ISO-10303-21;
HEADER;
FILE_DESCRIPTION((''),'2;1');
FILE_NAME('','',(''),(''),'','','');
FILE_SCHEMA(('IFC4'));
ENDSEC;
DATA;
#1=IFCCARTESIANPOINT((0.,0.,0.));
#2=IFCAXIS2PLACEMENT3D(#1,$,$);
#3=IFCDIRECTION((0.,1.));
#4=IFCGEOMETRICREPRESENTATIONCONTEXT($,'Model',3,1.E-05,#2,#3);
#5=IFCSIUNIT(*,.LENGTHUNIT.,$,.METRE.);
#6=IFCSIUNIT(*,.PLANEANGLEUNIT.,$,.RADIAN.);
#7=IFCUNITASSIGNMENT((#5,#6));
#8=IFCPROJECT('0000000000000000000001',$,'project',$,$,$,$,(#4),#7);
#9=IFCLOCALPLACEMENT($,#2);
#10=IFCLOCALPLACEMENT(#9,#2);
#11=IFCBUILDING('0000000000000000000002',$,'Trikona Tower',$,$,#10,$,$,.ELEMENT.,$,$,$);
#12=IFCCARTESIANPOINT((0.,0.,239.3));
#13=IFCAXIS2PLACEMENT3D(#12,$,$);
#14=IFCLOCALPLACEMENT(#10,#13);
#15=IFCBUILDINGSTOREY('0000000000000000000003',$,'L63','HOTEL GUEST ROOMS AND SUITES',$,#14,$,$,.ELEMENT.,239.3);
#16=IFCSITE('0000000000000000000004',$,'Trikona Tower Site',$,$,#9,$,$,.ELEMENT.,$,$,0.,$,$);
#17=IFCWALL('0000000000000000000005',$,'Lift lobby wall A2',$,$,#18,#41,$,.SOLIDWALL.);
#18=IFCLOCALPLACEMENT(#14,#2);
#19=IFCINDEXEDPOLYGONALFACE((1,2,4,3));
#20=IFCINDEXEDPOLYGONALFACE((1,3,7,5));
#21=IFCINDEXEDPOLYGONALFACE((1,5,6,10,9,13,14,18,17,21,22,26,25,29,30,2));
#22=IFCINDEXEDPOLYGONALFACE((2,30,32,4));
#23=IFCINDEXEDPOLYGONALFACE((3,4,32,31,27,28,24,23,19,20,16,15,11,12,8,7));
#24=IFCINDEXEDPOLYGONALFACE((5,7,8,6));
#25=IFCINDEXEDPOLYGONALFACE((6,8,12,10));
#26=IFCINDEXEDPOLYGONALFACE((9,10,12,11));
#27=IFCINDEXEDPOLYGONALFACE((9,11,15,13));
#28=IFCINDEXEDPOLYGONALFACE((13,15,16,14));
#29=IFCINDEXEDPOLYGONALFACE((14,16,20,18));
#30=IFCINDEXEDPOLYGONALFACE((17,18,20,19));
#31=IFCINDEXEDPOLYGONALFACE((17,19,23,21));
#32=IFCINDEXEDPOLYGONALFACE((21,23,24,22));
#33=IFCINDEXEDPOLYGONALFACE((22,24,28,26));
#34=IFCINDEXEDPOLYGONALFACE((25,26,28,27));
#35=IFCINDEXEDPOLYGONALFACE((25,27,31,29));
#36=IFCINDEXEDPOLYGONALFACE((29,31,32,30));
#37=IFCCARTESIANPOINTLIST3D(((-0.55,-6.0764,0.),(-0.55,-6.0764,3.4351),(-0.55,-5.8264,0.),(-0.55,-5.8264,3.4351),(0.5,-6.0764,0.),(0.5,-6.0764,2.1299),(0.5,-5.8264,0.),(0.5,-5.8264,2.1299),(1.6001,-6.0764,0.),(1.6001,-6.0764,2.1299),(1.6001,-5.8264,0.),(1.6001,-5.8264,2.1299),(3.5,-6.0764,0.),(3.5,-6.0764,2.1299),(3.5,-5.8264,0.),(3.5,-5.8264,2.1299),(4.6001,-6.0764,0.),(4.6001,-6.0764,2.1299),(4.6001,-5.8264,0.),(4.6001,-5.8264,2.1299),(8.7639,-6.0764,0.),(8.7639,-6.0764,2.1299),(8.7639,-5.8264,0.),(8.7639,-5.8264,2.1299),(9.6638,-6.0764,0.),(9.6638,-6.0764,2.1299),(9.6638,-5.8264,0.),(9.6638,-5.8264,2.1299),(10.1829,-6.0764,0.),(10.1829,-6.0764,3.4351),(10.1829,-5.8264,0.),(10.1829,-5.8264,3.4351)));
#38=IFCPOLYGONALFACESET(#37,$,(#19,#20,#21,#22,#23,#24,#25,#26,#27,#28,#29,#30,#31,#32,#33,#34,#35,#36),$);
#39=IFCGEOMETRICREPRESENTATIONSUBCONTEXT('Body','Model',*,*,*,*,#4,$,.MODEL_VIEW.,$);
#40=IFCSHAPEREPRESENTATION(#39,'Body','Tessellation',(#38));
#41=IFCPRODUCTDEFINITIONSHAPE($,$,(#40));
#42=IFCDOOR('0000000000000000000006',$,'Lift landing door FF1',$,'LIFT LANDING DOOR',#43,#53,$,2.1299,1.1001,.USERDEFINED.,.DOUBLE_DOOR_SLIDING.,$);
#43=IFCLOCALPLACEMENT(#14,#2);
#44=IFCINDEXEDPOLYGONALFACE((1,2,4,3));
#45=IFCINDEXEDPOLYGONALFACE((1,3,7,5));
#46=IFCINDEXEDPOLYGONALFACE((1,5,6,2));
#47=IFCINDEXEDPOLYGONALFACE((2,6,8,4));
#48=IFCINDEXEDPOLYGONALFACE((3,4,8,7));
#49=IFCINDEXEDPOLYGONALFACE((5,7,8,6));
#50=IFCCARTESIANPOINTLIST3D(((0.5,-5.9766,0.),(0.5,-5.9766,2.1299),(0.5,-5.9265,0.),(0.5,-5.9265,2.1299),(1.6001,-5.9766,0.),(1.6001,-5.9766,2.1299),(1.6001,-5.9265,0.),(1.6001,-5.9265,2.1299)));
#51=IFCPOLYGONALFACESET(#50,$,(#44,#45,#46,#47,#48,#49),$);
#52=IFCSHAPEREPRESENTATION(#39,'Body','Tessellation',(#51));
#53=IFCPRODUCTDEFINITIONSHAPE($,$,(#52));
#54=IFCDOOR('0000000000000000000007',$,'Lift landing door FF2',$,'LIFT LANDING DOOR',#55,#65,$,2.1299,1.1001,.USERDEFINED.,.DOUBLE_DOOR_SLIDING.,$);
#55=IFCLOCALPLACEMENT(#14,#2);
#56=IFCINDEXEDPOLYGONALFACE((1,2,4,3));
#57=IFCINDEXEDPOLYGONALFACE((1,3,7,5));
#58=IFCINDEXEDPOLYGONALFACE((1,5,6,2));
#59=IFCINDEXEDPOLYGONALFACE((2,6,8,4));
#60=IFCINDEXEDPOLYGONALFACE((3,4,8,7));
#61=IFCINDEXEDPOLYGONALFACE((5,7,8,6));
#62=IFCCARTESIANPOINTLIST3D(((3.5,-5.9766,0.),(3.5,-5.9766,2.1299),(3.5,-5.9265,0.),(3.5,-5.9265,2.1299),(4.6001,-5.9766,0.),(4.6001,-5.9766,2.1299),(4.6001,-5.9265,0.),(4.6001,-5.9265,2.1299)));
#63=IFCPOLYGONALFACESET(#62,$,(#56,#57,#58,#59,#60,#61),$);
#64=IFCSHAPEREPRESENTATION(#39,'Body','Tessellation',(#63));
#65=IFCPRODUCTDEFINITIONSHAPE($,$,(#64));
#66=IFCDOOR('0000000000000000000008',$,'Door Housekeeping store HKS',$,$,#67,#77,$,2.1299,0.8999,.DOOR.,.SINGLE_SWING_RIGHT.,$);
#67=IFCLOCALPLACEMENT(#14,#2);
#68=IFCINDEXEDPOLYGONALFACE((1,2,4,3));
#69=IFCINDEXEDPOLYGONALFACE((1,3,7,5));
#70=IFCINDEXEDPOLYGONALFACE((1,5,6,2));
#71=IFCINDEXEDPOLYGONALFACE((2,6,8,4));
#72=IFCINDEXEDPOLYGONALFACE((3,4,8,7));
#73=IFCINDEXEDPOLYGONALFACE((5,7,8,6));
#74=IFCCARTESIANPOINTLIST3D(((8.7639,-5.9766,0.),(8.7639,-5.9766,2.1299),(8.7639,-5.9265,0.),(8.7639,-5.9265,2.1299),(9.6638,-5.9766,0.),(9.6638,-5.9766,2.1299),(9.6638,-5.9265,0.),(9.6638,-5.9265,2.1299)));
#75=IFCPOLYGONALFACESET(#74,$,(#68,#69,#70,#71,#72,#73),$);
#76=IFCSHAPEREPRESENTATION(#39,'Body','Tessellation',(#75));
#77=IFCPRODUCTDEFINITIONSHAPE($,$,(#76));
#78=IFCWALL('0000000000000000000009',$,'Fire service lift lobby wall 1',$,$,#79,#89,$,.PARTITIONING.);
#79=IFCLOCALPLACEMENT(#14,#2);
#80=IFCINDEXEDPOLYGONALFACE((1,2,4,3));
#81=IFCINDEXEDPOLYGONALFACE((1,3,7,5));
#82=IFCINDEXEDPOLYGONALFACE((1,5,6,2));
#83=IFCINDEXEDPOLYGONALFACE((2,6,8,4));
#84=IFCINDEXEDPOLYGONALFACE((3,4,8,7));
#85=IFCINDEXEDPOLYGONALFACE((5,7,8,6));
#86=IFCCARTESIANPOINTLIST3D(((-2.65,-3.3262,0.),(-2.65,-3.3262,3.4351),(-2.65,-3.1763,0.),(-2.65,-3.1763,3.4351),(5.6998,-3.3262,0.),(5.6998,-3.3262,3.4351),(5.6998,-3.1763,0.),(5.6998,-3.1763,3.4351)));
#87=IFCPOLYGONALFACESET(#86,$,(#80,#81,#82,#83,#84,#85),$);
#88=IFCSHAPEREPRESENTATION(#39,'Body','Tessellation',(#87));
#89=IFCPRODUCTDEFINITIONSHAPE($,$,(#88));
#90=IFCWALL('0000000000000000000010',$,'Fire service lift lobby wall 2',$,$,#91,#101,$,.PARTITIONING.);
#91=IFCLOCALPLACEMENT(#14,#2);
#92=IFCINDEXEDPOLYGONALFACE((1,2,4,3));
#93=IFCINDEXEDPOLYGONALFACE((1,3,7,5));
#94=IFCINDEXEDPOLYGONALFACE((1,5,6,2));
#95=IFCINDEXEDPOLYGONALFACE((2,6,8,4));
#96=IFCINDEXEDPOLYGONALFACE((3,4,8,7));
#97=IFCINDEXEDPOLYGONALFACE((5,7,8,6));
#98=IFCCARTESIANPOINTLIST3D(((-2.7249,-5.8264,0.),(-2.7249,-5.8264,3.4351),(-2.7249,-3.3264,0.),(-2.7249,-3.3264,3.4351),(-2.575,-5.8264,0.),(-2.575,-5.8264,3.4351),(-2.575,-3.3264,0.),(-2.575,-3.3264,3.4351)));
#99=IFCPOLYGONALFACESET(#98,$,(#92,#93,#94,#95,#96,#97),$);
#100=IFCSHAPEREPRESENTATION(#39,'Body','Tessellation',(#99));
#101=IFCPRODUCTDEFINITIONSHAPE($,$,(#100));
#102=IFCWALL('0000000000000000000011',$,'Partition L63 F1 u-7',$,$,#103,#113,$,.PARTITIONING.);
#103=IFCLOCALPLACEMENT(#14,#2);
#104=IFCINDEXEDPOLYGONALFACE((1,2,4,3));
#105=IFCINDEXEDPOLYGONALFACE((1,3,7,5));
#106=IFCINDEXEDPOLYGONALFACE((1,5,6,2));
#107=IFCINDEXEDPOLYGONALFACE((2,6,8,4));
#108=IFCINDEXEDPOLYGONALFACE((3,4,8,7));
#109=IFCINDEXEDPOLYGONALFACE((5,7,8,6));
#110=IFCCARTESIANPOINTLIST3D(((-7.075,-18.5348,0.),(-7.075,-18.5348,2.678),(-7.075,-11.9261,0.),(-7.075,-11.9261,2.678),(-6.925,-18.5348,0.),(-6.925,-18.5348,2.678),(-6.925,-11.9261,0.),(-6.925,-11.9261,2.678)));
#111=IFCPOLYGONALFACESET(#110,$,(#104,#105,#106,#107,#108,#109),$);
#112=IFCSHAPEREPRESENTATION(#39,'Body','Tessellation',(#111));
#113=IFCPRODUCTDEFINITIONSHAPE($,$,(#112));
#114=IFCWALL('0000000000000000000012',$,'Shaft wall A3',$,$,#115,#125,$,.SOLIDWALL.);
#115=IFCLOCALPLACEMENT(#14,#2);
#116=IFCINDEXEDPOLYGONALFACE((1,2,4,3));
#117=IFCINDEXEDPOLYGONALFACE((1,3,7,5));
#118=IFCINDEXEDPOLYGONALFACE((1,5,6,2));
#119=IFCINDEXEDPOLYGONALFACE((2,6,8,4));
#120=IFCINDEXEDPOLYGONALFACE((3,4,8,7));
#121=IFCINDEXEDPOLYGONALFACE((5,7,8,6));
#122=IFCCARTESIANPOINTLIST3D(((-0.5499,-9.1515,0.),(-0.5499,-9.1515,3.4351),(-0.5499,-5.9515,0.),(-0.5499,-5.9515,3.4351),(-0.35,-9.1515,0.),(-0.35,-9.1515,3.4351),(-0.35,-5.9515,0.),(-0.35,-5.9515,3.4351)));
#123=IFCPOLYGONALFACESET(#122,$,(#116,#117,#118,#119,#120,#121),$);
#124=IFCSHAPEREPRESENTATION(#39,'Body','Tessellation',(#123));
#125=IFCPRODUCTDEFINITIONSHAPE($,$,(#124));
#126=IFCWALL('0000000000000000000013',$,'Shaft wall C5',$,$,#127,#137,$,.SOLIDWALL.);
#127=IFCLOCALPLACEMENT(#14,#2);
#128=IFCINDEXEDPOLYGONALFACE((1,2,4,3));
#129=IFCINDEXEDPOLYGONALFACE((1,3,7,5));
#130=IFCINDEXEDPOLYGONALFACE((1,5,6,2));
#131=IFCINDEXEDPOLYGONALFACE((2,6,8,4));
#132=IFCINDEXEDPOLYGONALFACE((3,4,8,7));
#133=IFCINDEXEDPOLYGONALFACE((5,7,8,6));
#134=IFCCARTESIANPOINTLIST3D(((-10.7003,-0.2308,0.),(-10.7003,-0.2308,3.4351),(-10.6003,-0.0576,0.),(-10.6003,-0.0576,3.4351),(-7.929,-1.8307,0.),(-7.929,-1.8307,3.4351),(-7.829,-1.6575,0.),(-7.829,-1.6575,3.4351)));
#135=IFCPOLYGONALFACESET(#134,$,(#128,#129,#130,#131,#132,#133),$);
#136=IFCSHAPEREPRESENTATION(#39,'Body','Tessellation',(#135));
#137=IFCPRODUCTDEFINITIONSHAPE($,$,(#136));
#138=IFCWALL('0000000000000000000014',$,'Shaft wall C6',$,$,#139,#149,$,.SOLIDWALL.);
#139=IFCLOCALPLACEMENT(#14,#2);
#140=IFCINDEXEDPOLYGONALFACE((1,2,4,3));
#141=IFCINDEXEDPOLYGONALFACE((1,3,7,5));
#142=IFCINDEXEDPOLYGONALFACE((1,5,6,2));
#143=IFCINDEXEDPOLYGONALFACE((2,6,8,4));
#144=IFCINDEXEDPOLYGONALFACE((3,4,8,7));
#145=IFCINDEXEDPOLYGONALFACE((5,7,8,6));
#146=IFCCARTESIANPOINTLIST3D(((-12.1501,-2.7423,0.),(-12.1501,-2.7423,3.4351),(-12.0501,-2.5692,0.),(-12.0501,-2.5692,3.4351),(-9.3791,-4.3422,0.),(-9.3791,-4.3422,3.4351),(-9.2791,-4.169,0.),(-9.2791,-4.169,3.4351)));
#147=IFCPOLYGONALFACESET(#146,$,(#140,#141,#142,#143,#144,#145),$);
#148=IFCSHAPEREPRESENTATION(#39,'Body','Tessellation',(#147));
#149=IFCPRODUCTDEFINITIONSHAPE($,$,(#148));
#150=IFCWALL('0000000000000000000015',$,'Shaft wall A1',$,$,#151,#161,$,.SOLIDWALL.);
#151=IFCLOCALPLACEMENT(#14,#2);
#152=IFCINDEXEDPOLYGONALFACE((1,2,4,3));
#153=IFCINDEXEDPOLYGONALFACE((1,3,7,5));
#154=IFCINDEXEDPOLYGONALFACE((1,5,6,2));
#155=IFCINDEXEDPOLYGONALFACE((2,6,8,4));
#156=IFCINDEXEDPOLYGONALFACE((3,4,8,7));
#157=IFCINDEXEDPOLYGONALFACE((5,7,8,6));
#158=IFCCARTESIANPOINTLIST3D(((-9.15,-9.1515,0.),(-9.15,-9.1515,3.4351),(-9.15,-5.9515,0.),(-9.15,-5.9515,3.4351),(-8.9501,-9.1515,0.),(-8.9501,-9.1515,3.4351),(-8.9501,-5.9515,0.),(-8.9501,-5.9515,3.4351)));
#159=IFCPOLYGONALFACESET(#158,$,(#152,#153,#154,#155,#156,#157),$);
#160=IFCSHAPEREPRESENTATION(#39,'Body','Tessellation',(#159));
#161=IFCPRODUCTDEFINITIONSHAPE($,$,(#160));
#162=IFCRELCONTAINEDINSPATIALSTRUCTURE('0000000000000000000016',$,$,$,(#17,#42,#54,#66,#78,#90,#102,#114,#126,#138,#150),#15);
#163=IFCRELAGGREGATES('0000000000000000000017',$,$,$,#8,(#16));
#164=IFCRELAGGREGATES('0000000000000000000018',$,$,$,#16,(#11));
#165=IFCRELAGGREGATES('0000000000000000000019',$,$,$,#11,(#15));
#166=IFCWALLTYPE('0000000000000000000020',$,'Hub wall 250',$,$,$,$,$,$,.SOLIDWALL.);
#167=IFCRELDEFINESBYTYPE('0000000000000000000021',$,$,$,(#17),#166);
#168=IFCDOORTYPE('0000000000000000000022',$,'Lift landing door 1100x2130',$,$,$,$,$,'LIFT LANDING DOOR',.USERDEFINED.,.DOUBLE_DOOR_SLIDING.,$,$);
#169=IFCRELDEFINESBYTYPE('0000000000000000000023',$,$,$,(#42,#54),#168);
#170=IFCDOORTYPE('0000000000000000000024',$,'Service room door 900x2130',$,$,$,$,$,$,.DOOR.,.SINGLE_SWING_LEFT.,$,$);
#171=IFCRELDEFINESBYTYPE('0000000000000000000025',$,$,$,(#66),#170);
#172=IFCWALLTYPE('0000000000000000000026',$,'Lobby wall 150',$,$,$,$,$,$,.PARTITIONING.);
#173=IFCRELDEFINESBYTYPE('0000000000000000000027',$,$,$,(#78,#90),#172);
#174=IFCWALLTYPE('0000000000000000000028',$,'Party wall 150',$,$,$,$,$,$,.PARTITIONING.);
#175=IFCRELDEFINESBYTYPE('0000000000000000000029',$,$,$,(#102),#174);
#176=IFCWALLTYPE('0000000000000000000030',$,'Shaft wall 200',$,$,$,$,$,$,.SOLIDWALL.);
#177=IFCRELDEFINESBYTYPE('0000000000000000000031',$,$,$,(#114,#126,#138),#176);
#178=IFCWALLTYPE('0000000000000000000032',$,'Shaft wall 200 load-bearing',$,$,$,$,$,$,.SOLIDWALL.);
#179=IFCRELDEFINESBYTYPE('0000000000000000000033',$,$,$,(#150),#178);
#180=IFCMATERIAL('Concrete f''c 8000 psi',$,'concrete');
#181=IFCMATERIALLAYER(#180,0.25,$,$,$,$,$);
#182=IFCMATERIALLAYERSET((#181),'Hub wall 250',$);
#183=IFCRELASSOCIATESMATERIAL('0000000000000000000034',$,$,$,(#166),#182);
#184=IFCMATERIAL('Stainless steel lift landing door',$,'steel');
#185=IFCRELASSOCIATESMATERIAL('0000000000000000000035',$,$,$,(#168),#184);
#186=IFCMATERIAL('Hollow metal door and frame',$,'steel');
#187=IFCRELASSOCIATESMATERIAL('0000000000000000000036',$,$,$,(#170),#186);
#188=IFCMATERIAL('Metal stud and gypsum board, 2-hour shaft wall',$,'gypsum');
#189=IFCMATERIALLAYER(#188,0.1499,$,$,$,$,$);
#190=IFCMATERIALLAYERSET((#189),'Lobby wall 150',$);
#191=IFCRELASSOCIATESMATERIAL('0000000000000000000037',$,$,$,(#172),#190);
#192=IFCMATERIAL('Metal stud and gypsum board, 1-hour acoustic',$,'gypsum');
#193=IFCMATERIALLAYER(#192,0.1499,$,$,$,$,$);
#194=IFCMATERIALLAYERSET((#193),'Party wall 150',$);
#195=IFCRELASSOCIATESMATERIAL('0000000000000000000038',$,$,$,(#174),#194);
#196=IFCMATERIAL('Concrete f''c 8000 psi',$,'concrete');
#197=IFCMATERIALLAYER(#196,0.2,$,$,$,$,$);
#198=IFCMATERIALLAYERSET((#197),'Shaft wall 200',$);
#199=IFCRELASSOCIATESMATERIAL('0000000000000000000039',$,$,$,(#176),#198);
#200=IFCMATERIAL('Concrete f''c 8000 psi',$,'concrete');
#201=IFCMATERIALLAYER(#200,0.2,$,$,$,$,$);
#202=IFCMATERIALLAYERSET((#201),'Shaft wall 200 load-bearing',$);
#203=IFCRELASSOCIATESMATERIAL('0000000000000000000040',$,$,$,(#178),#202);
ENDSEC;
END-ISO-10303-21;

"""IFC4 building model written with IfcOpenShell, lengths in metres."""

from ifc_helpers import new_model, si_unit, direction, frame, frame_2d, origin, place, context, subcontext, project, spatial, rectangle, extrude, material, layer, layer_set, type_object, element, fill, save


model = new_model("IFC4")

# Units and contexts
model_context = context("Model", 3, precision=1e-05, world=origin(), true_north=direction((0.0, 1.0)))
body_context = subcontext(model_context, "Body", "Model", "MODEL_VIEW")
ifc_project = project(units=[si_unit("LENGTHUNIT", "METRE"), si_unit("PLANEANGLEUNIT", "RADIAN")], contexts=[model_context])

# Site, building, storey
site_placement = place(None, origin())
site = spatial("IfcSite", under=ifc_project, at=site_placement, Name="Trikona Tower Site", CompositionType="ELEMENT", RefElevation=0.0)
building_placement = place(site_placement, origin())
building = spatial("IfcBuilding", under=site, at=building_placement, Name="Trikona Tower", CompositionType="ELEMENT")
storey_placement = place(building_placement, frame((0.0, 0.0, 239.3)))
storey = spatial("IfcBuildingStorey", under=building, at=storey_placement, Name="L63", Description="HOTEL GUEST ROOMS AND SUITES", CompositionType="ELEMENT", Elevation=239.3)

# Shared definitions
ifc_material_1 = material(Name="Concrete f'c 8000 psi", Category="concrete")
ifc_layer_1 = layer(ifc_material_1, 0.25)
ifc_layer_set_1 = layer_set([ifc_layer_1], Name="Hub wall 250")
wall_type_1 = type_object("IfcWallType", Name="Hub wall 250", PredefinedType="SOLIDWALL", material=ifc_layer_set_1)

# Wall, openings, doors
wall_1_placement = place(storey_placement, frame((-0.55, -5.9514, 0.0), z_axis=(0.0, 0.0, 1.0), x_axis=(1.0, 0.0, 0.0)))
wall_1 = element("IfcWall", 1, at=wall_1_placement, inside=storey, type_object=wall_type_1, Name="Lift lobby wall A2", PredefinedType="SOLIDWALL", context=body_context, shape_type="SweptSolid", body=[
    extrude(rectangle(XDim=10.7329, YDim=0.25, at=frame_2d((5.3665, 0.0))), origin(), (0.0, 0.0, 1.0), 3.4351),
])
opening_1_placement = place(wall_1_placement, frame((9.314, 0.0, 0.0)))
opening_1 = element("IfcOpeningElement", 2, at=opening_1_placement, cuts=wall_1, PredefinedType="OPENING", context=body_context, shape_type="SweptSolid", body=[
    extrude(rectangle(XDim=0.8999, YDim=2.1299, at=frame_2d((0.45, 1.0649))), frame((0.0, 0.135, 0.0), z_axis=(0.0, -1.0, 0.0), x_axis=(1.0, 0.0, 0.0)), (0.0, 0.0, 1.0), 0.27),
])
opening_2_placement = place(wall_1_placement, frame((1.05, 0.0, 0.0)))
opening_2 = element("IfcOpeningElement", 3, at=opening_2_placement, cuts=wall_1, PredefinedType="OPENING", context=body_context, shape_type="SweptSolid", body=[
    extrude(rectangle(XDim=1.1001, YDim=2.1299, at=frame_2d((0.55, 1.0649))), frame((0.0, 0.135, 0.0), z_axis=(0.0, -1.0, 0.0), x_axis=(1.0, 0.0, 0.0)), (0.0, 0.0, 1.0), 0.27),
])
opening_3_placement = place(wall_1_placement, frame((4.05, 0.0, 0.0)))
opening_3 = element("IfcOpeningElement", 4, at=opening_3_placement, cuts=wall_1, PredefinedType="OPENING", context=body_context, shape_type="SweptSolid", body=[
    extrude(rectangle(XDim=1.1001, YDim=2.1299, at=frame_2d((0.55, 1.0649))), frame((0.0, 0.135, 0.0), z_axis=(0.0, -1.0, 0.0), x_axis=(1.0, 0.0, 0.0)), (0.0, 0.0, 1.0), 0.27),
])
ifc_material_2 = material(Name="Stainless steel lift landing door", Category="steel")
door_type_1 = type_object("IfcDoorType", Name="Lift landing door 1100x2130", ElementType="LIFT LANDING DOOR", OperationType="DOUBLE_DOOR_SLIDING", PredefinedType="USERDEFINED", material=ifc_material_2)
door_1_placement = place(opening_2_placement, origin())
door_1 = element("IfcDoor", 5, at=door_1_placement, inside=storey, type_object=door_type_1, Name="Lift landing door FF1", ObjectType="LIFT LANDING DOOR", OperationType="DOUBLE_DOOR_SLIDING", OverallHeight=2.1299, OverallWidth=1.1001, PredefinedType="USERDEFINED", context=body_context, shape_type="SweptSolid", body=[
    extrude(rectangle(XDim=1.1001, YDim=2.1299, at=frame_2d((0.55, 1.0649))), frame((0.0, 0.0249, 0.0), z_axis=(0.0, -1.0, 0.0), x_axis=(1.0, 0.0, 0.0)), (0.0, 0.0, 1.0), 0.05),
])
fill(opening_2, door_1)
door_2_placement = place(opening_3_placement, origin())
door_2 = element("IfcDoor", 6, at=door_2_placement, inside=storey, type_object=door_type_1, Name="Lift landing door FF2", ObjectType="LIFT LANDING DOOR", OperationType="DOUBLE_DOOR_SLIDING", OverallHeight=2.1299, OverallWidth=1.1001, PredefinedType="USERDEFINED", context=body_context, shape_type="SweptSolid", body=[
    extrude(rectangle(XDim=1.1001, YDim=2.1299, at=frame_2d((0.55, 1.0649))), frame((0.0, 0.0249, 0.0), z_axis=(0.0, -1.0, 0.0), x_axis=(1.0, 0.0, 0.0)), (0.0, 0.0, 1.0), 0.05),
])
fill(opening_3, door_2)
ifc_material_3 = material(Name="Hollow metal door and frame", Category="steel")
door_type_2 = type_object("IfcDoorType", Name="Service room door 900x2130", OperationType="SINGLE_SWING_LEFT", PredefinedType="DOOR", material=ifc_material_3)
door_3_placement = place(opening_1_placement, origin())
door_3 = element("IfcDoor", 7, at=door_3_placement, inside=storey, type_object=door_type_2, Name="Door Housekeeping store HKS", OperationType="SINGLE_SWING_RIGHT", OverallHeight=2.1299, OverallWidth=0.8999, PredefinedType="DOOR", context=body_context, shape_type="SweptSolid", body=[
    extrude(rectangle(XDim=0.8999, YDim=2.1299, at=frame_2d((0.45, 1.0649))), frame((0.0, 0.0249, 0.0), z_axis=(0.0, -1.0, 0.0), x_axis=(1.0, 0.0, 0.0)), (0.0, 0.0, 1.0), 0.05),
])
fill(opening_1, door_3)

# Walls
ifc_material_4 = material(Name="Metal stud and gypsum board, 2-hour shaft wall", Category="gypsum")
ifc_layer_2 = layer(ifc_material_4, 0.1499)
ifc_layer_set_2 = layer_set([ifc_layer_2], Name="Lobby wall 150")
wall_type_2 = type_object("IfcWallType", Name="Lobby wall 150", PredefinedType="PARTITIONING", material=ifc_layer_set_2)
wall_2_placement = place(storey_placement, frame((-2.6499, -3.2512, 0.0), z_axis=(0.0, 0.0, 1.0), x_axis=(1.0, 0.0, 0.0)))
element("IfcWall", 8, at=wall_2_placement, inside=storey, type_object=wall_type_2, Name="Fire service lift lobby wall 1", PredefinedType="PARTITIONING", context=body_context, shape_type="SweptSolid", body=[
    extrude(rectangle(XDim=8.3499, YDim=0.1499, at=frame_2d((4.1748, 0.0))), origin(), (0.0, 0.0, 1.0), 3.4351),
])
wall_3_placement = place(storey_placement, frame((-2.6499, -5.8264, 0.0), z_axis=(0.0, 0.0, 1.0), x_axis=(0.0, 1.0, 0.0)))
element("IfcWall", 9, at=wall_3_placement, inside=storey, type_object=wall_type_2, Name="Fire service lift lobby wall 2", PredefinedType="PARTITIONING", context=body_context, shape_type="SweptSolid", body=[
    extrude(rectangle(XDim=2.5, YDim=0.1499, at=frame_2d((1.25, 0.0))), origin(), (0.0, 0.0, 1.0), 3.4351),
])
ifc_material_5 = material(Name="Metal stud and gypsum board, 1-hour acoustic", Category="gypsum")
ifc_layer_3 = layer(ifc_material_5, 0.1499)
ifc_layer_set_3 = layer_set([ifc_layer_3], Name="Party wall 150")
wall_type_3 = type_object("IfcWallType", Name="Party wall 150", PredefinedType="PARTITIONING", material=ifc_layer_set_3)
wall_4_placement = place(storey_placement, frame((-7.0, -11.9263, 0.0), z_axis=(0.0, 0.0, 1.0), x_axis=(0.0, -1.0, 0.0)))
element("IfcWall", 10, at=wall_4_placement, inside=storey, type_object=wall_type_3, Name="Partition L63 F1 u-7", PredefinedType="PARTITIONING", context=body_context, shape_type="SweptSolid", body=[
    extrude(rectangle(XDim=6.6086, YDim=0.1499, at=frame_2d((3.3042, 0.0))), origin(), (0.0, 0.0, 1.0), 2.678),
])
ifc_material_6 = material(Name="Concrete f'c 8000 psi", Category="concrete")
ifc_layer_4 = layer(ifc_material_6, 0.2)
ifc_layer_set_4 = layer_set([ifc_layer_4], Name="Shaft wall 200")
wall_type_4 = type_object("IfcWallType", Name="Shaft wall 200", PredefinedType="SOLIDWALL", material=ifc_layer_set_4)
for number, where, z_axis, x_axis, name in (
    (11, (-0.45, -5.9514, 0.0), (0.0, 0.0, 1.0), (0.0, -1.0, 0.0), "Shaft wall A3"),
    (12, (-7.8789, -1.7441, 0.0), (0.0, 0.0, 1.0), (-0.866042, 0.499971, 0.0), "Shaft wall C5"),
):
    element("IfcWall", number, at=place(storey_placement, frame(where, z_axis=z_axis, x_axis=x_axis)), inside=storey, type_object=wall_type_4, Name=name, PredefinedType="SOLIDWALL", context=body_context, shape_type="SweptSolid", body=[
        extrude(rectangle(XDim=3.2, YDim=0.2, at=frame_2d((1.6001, 0.0))), origin(), (0.0, 0.0, 1.0), 3.4351),
    ])
wall_5_placement = place(storey_placement, frame((-9.3291, -4.2556, 0.0), z_axis=(0.0, 0.0, 1.0), x_axis=(-0.866023, 0.500004, 0.0)))
element("IfcWall", 13, at=wall_5_placement, inside=storey, type_object=wall_type_4, Name="Shaft wall C6", PredefinedType="SOLIDWALL", context=body_context, shape_type="SweptSolid", body=[
    extrude(rectangle(XDim=3.1997, YDim=0.2, at=frame_2d((1.5999, 0.0))), origin(), (0.0, 0.0, 1.0), 3.4351),
])
ifc_material_7 = material(Name="Concrete f'c 8000 psi", Category="concrete")
ifc_layer_5 = layer(ifc_material_7, 0.2)
ifc_layer_set_5 = layer_set([ifc_layer_5], Name="Shaft wall 200 load-bearing")
wall_type_5 = type_object("IfcWallType", Name="Shaft wall 200 load-bearing", PredefinedType="SOLIDWALL", material=ifc_layer_set_5)
wall_6_placement = place(storey_placement, frame((-9.05, -5.9514, 0.0), z_axis=(0.0, 0.0, 1.0), x_axis=(0.0, -1.0, 0.0)))
element("IfcWall", 14, at=wall_6_placement, inside=storey, type_object=wall_type_5, Name="Shaft wall A1", PredefinedType="SOLIDWALL", context=body_context, shape_type="SweptSolid", body=[
    extrude(rectangle(XDim=3.2, YDim=0.2, at=frame_2d((1.6001, 0.0))), origin(), (0.0, 0.0, 1.0), 3.4351),
])

save(model, "model.ifc")
